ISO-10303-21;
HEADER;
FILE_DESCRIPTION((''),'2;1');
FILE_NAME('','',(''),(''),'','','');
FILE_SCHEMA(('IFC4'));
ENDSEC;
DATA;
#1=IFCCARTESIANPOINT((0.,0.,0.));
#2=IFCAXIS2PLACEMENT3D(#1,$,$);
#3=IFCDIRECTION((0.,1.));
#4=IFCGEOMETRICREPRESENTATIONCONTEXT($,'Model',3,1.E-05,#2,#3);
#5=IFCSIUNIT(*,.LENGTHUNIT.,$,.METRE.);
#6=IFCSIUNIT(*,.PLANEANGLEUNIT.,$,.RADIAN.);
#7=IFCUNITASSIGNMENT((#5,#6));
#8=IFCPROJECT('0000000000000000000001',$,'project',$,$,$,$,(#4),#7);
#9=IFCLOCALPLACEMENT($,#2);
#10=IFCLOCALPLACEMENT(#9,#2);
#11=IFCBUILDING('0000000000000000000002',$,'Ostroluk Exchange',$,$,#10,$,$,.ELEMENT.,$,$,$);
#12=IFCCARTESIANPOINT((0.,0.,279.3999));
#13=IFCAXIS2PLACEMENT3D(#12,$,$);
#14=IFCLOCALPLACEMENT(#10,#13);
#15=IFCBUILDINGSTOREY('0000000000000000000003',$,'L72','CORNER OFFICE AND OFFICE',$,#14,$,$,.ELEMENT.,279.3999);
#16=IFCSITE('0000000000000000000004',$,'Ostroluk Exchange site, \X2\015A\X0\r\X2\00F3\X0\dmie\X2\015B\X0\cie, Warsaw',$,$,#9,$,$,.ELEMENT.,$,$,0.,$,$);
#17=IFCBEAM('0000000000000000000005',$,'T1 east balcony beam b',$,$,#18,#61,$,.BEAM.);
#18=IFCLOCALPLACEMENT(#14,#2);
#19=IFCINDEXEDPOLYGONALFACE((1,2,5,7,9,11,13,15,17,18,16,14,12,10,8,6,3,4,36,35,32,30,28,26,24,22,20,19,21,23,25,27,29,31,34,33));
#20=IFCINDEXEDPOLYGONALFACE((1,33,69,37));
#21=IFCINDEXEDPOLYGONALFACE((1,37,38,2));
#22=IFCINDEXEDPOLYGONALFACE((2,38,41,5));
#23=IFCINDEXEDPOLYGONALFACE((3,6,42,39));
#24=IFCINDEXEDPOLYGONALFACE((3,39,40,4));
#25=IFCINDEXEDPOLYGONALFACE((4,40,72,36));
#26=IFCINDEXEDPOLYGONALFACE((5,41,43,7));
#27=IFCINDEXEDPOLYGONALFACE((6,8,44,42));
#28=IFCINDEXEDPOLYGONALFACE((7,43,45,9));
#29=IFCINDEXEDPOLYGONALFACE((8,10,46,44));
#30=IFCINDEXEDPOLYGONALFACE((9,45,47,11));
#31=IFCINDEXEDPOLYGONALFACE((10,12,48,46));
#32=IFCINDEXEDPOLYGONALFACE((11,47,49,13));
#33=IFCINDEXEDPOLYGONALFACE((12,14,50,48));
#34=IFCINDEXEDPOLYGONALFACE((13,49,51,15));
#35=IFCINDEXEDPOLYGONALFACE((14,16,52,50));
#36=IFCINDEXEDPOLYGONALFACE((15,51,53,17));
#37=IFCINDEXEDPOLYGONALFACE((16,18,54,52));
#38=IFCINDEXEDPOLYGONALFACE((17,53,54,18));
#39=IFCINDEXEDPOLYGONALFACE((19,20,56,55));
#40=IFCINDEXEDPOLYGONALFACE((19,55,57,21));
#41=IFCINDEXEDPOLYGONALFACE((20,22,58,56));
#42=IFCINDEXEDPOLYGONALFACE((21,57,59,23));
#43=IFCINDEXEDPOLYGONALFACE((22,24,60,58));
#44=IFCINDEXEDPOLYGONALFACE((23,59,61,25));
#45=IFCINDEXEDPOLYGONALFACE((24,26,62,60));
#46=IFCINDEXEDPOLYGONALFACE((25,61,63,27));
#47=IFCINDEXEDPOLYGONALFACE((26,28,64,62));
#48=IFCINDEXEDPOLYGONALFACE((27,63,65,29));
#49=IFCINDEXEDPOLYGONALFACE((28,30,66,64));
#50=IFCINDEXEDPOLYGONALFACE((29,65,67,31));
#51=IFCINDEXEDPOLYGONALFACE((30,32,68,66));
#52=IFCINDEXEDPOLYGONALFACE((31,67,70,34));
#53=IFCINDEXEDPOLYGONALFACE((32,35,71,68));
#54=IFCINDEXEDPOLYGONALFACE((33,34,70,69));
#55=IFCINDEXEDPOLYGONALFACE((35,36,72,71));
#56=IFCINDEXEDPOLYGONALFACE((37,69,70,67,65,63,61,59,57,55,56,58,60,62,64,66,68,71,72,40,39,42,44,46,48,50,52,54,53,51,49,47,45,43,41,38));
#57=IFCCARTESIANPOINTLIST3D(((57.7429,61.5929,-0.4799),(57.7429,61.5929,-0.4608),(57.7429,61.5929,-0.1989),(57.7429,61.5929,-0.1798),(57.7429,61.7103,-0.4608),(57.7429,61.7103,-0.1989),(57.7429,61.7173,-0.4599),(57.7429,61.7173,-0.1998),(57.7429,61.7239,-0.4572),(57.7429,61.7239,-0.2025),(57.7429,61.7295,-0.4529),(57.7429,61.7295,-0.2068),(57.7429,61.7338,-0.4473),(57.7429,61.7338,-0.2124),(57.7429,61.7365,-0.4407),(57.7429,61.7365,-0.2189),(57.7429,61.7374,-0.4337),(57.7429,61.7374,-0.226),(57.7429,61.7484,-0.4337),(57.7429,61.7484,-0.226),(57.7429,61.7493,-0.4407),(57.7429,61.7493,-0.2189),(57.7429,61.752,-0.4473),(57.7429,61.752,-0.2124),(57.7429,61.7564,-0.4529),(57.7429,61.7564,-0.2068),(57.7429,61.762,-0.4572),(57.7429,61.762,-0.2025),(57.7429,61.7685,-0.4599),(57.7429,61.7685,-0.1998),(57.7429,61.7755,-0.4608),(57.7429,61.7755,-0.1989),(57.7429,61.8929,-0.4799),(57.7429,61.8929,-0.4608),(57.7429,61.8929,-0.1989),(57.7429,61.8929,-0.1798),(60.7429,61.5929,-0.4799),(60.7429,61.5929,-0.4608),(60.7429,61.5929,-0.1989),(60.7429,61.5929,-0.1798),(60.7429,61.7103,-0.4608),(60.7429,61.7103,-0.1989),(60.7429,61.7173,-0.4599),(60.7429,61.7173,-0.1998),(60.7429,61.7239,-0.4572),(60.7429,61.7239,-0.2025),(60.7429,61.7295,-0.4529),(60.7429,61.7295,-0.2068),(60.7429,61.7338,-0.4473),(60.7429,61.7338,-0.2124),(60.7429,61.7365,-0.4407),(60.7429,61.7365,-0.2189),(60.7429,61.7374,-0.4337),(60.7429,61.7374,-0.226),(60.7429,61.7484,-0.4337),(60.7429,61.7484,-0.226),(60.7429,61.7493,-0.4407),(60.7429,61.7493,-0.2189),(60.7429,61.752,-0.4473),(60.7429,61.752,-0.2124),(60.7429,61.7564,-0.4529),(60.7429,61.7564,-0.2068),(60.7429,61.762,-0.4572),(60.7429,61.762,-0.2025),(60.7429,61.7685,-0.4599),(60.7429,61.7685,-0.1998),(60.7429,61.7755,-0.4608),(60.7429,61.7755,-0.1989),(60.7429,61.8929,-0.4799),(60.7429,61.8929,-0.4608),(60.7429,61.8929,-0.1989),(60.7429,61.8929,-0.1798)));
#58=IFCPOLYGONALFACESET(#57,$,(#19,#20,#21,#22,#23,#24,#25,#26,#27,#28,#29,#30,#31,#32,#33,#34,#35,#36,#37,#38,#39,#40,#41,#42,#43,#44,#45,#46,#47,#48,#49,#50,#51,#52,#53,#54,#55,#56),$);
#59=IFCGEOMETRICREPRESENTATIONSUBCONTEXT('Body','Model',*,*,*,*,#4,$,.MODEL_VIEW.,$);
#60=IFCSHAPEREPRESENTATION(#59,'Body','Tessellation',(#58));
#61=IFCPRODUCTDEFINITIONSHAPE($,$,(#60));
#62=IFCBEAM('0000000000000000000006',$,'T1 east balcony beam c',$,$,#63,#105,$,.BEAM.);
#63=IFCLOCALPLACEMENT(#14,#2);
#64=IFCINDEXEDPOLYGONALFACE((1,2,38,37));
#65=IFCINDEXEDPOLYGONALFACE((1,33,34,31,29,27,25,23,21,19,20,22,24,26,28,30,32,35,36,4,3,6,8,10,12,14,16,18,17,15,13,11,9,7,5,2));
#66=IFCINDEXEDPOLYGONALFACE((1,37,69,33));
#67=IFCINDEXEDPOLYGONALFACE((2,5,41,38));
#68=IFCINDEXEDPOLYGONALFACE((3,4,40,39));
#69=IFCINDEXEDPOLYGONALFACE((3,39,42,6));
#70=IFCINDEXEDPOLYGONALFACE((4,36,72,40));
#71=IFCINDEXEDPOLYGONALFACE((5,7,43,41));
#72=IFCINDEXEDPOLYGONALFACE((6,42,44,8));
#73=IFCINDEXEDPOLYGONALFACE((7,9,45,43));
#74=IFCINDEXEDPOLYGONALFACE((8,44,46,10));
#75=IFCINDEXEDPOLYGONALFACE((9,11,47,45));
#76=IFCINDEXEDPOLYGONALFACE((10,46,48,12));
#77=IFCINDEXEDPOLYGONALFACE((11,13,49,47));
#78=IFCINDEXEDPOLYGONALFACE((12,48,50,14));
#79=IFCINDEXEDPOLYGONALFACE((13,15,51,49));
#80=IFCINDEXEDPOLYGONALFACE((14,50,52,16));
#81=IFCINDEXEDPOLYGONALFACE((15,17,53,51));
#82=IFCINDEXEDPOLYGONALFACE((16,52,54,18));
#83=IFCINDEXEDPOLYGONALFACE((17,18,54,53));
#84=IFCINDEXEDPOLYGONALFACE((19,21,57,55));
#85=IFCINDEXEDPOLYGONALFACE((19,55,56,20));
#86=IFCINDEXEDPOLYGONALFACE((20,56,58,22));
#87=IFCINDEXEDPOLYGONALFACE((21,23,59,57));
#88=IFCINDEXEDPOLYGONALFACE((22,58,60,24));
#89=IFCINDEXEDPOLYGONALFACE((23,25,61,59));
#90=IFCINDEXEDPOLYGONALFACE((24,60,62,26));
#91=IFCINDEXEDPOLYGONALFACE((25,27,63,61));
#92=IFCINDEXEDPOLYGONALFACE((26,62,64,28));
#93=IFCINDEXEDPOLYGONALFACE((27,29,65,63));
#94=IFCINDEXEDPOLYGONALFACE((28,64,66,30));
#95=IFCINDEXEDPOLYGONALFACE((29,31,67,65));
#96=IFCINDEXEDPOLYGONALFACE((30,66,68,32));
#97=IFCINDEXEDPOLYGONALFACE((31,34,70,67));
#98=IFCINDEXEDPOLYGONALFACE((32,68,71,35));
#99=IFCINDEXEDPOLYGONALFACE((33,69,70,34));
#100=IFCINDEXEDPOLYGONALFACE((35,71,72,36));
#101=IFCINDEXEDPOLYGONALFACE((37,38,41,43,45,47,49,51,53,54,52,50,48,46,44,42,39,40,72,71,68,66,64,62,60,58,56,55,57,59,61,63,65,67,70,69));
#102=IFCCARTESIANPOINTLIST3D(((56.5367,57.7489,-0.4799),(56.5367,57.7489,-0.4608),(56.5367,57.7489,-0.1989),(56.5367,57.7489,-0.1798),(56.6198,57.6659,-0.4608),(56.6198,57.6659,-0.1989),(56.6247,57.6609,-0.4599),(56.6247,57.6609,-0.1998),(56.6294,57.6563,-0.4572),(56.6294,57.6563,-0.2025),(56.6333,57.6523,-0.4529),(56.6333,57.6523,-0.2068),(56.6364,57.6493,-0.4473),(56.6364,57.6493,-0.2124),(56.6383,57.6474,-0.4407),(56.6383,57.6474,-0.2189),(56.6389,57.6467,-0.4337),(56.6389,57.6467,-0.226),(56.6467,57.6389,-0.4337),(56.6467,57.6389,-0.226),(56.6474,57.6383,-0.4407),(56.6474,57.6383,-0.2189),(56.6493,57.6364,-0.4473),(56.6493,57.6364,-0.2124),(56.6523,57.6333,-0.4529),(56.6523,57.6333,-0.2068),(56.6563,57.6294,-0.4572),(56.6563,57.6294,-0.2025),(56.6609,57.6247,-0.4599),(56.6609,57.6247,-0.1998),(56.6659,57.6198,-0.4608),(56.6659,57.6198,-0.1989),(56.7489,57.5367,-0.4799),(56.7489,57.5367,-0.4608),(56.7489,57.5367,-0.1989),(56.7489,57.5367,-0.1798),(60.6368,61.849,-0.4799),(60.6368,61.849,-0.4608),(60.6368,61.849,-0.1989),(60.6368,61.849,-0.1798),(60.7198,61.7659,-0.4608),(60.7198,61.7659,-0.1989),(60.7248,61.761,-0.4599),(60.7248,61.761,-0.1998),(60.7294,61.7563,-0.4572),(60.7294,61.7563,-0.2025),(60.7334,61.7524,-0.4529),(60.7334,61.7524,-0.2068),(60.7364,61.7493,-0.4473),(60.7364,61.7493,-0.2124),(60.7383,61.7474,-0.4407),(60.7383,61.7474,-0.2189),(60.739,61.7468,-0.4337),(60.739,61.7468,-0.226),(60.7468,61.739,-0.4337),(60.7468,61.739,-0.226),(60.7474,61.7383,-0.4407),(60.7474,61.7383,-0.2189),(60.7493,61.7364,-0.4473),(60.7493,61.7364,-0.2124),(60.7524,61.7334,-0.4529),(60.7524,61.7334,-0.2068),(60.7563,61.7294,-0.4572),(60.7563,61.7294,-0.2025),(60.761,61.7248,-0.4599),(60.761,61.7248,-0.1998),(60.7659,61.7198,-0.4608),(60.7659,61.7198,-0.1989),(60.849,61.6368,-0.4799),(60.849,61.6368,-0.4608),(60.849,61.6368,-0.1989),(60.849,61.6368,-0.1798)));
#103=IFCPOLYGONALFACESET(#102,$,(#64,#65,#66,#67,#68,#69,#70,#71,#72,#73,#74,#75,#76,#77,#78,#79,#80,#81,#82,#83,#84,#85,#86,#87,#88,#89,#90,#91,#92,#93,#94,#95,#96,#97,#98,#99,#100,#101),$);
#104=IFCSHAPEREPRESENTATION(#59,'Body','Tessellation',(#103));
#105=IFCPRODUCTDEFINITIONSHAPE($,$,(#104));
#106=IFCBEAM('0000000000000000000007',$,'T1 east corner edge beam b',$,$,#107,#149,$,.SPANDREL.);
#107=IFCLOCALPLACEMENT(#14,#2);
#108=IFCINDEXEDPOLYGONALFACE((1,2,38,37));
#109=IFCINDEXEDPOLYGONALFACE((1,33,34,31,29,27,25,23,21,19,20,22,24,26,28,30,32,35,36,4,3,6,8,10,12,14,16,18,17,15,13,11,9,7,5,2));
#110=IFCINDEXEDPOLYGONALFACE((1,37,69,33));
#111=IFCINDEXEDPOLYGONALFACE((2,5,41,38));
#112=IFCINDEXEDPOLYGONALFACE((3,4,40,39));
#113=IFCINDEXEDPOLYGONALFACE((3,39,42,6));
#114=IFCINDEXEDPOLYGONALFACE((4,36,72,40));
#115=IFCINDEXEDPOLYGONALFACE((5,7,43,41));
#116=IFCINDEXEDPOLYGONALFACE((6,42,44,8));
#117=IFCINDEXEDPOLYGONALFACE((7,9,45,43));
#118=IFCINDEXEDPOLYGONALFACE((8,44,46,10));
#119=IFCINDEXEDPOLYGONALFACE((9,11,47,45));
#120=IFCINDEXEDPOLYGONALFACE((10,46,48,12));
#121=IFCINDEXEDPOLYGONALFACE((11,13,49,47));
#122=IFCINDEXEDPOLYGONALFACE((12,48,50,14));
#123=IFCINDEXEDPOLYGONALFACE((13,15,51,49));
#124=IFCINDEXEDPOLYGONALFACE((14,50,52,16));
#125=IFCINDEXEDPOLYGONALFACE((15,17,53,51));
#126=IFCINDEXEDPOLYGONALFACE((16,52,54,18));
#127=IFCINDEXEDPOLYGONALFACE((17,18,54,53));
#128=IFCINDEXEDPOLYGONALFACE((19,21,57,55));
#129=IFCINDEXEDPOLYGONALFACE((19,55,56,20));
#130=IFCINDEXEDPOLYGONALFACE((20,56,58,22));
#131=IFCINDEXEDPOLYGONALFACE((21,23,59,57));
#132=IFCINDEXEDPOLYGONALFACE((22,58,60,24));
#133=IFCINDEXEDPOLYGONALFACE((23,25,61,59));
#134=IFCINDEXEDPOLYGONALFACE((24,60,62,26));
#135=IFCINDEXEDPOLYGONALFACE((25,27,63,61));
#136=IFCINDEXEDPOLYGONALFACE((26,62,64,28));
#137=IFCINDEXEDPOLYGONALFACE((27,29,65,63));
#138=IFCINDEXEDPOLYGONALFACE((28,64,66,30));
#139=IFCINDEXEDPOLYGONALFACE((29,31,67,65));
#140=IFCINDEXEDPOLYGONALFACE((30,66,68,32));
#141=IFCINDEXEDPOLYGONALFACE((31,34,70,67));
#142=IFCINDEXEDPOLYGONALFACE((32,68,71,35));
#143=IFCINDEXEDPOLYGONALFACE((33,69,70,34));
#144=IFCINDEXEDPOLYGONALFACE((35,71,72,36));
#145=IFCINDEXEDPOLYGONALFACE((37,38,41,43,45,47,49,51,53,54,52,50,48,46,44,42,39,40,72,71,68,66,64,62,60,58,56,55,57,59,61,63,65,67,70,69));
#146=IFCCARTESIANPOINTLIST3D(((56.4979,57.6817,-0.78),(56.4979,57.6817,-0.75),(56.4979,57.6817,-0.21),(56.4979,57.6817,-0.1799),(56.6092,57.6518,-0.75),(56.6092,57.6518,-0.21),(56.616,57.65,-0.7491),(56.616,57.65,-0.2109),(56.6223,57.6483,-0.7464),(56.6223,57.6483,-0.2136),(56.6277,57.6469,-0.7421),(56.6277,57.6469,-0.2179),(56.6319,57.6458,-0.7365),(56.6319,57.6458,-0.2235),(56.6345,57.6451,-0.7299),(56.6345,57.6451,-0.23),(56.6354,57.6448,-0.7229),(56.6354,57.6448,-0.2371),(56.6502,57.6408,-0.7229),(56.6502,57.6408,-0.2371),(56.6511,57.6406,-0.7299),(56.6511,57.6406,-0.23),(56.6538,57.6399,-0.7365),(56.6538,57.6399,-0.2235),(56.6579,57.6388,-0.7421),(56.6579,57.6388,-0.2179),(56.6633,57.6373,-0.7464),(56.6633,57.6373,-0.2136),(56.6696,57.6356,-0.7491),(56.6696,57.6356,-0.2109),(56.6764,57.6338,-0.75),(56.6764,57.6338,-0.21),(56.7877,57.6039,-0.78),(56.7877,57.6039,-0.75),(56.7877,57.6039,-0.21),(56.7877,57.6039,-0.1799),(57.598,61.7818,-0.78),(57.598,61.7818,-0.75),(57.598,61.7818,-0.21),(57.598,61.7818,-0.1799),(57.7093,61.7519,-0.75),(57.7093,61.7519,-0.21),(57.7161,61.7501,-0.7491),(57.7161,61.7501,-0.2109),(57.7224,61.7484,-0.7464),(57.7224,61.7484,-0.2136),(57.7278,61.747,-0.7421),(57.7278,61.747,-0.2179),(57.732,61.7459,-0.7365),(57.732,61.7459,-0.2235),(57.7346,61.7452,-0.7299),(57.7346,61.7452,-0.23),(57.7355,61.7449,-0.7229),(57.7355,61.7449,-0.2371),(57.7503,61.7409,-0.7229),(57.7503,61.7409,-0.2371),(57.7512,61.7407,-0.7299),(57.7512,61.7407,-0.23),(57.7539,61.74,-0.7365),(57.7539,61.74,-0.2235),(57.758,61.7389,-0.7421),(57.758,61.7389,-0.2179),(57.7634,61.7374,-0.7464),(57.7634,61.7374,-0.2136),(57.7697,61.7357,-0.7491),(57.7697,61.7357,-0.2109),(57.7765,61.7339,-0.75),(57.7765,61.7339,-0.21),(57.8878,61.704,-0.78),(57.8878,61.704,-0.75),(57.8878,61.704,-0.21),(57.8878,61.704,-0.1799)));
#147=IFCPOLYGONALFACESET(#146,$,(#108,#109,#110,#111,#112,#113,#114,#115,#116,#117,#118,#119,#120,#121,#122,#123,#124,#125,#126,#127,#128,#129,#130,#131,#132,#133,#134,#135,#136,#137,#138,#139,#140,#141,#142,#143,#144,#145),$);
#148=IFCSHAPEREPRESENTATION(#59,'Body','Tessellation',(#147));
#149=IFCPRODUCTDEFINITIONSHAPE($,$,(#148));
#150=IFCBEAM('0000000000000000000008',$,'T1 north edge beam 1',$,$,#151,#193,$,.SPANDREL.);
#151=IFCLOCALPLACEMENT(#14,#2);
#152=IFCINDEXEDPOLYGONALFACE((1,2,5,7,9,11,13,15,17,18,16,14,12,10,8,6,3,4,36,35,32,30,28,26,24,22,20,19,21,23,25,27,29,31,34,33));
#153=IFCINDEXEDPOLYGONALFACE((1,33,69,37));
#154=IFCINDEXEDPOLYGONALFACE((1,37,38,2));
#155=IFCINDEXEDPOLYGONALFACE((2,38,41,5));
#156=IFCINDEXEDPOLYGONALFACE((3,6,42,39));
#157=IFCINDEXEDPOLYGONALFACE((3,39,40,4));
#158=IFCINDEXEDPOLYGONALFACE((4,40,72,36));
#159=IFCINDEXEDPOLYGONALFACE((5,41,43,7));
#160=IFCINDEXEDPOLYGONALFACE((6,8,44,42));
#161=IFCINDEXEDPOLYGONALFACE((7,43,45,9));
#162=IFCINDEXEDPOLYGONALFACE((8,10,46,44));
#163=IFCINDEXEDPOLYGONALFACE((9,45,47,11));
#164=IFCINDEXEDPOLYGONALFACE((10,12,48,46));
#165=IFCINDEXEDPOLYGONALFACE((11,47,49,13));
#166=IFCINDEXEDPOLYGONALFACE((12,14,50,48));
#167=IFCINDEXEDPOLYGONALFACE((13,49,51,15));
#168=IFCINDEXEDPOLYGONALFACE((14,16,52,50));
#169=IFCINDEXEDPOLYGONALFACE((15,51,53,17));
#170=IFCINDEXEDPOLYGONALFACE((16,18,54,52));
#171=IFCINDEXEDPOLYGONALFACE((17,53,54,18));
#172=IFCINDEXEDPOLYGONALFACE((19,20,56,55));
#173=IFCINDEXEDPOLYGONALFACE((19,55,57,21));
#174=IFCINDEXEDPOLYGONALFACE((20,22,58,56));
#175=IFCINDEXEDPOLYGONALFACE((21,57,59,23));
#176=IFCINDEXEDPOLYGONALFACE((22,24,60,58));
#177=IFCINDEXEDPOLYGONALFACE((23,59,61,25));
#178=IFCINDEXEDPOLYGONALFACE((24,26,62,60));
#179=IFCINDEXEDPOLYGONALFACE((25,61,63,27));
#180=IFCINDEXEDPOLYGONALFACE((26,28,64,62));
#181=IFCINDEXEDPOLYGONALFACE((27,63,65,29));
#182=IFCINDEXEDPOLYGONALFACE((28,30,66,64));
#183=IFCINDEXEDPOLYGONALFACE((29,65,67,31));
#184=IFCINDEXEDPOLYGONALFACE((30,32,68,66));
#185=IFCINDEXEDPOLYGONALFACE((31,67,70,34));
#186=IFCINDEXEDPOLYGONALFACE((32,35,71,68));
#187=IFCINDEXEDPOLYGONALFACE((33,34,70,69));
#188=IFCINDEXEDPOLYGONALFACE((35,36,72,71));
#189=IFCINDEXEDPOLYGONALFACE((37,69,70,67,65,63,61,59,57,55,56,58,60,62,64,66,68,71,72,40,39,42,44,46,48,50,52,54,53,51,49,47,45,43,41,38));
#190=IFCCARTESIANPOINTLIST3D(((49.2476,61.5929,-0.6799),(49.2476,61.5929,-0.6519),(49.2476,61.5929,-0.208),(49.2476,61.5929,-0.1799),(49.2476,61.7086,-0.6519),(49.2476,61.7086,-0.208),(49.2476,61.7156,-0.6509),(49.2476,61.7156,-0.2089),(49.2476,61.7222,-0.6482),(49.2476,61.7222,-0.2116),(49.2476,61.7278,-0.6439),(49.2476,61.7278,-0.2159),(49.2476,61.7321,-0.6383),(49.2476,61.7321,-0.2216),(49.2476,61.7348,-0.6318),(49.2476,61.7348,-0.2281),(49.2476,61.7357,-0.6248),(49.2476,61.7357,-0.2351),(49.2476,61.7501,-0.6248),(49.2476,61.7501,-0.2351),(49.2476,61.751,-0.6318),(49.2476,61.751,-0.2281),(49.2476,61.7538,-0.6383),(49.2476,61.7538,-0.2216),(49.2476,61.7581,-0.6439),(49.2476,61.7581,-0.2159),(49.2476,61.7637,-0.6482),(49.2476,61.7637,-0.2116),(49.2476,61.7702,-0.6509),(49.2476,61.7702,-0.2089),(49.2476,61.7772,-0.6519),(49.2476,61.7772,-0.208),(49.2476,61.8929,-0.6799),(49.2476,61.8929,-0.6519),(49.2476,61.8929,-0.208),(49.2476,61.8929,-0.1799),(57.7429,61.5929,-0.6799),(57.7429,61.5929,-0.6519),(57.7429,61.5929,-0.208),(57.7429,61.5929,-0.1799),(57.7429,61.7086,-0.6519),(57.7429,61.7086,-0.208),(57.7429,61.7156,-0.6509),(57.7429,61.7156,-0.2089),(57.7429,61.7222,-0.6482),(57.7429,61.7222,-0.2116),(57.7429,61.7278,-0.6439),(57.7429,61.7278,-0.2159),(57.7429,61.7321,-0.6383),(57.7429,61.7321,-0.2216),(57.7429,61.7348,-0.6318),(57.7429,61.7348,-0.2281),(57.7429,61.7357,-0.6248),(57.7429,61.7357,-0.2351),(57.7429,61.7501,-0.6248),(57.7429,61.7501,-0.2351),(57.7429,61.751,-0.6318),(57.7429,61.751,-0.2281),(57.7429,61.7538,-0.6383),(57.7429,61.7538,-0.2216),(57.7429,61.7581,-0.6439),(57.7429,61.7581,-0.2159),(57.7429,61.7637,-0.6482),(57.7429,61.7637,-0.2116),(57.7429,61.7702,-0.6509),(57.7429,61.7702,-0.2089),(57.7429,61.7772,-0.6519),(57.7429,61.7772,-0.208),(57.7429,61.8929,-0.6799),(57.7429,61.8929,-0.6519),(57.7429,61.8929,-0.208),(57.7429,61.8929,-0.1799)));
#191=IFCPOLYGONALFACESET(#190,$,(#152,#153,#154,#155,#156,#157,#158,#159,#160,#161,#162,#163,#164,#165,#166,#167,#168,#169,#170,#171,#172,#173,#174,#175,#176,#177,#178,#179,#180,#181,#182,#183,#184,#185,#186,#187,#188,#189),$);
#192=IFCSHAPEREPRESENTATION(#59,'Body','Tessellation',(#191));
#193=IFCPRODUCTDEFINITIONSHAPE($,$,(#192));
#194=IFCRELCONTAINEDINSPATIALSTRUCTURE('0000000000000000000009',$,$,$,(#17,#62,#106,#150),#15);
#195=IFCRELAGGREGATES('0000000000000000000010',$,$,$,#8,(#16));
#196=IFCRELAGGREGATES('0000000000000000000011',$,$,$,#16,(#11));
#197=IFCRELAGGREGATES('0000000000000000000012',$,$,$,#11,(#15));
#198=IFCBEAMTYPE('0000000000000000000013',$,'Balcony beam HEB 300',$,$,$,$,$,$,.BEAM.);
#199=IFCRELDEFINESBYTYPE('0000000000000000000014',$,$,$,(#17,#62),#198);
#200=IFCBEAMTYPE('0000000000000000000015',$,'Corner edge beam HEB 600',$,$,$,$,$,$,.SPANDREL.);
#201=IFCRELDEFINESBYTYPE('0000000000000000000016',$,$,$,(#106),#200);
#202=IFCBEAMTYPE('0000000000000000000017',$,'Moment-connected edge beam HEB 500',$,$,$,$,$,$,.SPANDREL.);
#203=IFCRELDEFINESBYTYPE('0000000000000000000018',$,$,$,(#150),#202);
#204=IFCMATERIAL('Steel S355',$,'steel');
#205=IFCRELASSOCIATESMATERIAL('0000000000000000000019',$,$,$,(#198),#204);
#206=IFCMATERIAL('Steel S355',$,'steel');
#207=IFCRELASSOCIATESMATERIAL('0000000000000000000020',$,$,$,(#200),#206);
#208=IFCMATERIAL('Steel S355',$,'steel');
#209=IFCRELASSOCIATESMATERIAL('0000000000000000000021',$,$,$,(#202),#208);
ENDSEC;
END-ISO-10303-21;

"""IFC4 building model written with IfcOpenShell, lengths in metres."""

from ifc_helpers import new_model, si_unit, direction, frame, origin, origin_2d, place, context, subcontext, project, spatial, i_section, extrude, material, material_profile, profile_set, type_object, element, save


model = new_model("IFC4")

# Units and contexts
model_context = context("Model", 3, precision=1e-05, world=origin(), true_north=direction((0.0, 1.0)))
body_context = subcontext(model_context, "Body", "Model", "MODEL_VIEW")
ifc_project = project(units=[si_unit("LENGTHUNIT", "METRE"), si_unit("PLANEANGLEUNIT", "RADIAN")], contexts=[model_context])

# Site, building, storey
site_placement = place(None, origin())
site = spatial("IfcSite", under=ifc_project, at=site_placement, Name="Ostroluk Exchange site, Śródmieście, Warsaw", CompositionType="ELEMENT", RefElevation=0.0)
building_placement = place(site_placement, origin())
building = spatial("IfcBuilding", under=site, at=building_placement, Name="Ostroluk Exchange", CompositionType="ELEMENT")
storey_placement = place(building_placement, frame((0.0, 0.0, 279.3999)))
storey = spatial("IfcBuildingStorey", under=building, at=storey_placement, Name="L72", Description="CORNER OFFICE AND OFFICE", CompositionType="ELEMENT", Elevation=279.3999)

# Beams
ifc_material_1 = material(Name="Steel S355", Category="steel")
ifc_material_profile_1 = material_profile(ifc_material_1, i_section(OverallWidth=0.3, OverallDepth=0.3, WebThickness=0.011, FlangeThickness=0.019, FilletRadius=0.0271, at=origin_2d()), Name="HEB 300")
ifc_profile_set_1 = profile_set([ifc_material_profile_1], Name="Steel S355")
beam_type_1 = type_object("IfcBeamType", Name="Balcony beam HEB 300", PredefinedType="BEAM", material=ifc_profile_set_1)
for number, where, z_axis, x_axis, name in (
    (1, (57.7429, 61.7429, -0.3298), (1.0, 0.0, 0.0), (0.0, 1.0, 0.0), "T1 east balcony beam b"),
):
    element("IfcBeam", number, at=place(storey_placement, frame(where, z_axis=z_axis, x_axis=x_axis)), inside=storey, type_object=beam_type_1, Name=name, PredefinedType="BEAM", context=body_context, shape_type="SweptSolid", body=[
        extrude(i_section(OverallWidth=0.3, OverallDepth=0.3, WebThickness=0.011, FlangeThickness=0.019, FilletRadius=0.0271, at=origin_2d()), origin(), (0.0, 0.0, 1.0), 3.0),
    ])
beam_1_placement = place(storey_placement, frame((56.6428, 57.6428, -0.3298), z_axis=(0.707107, 0.707107, 0.0), x_axis=(-0.707107, 0.707107, 0.0)))
element("IfcBeam", 2, at=beam_1_placement, inside=storey, type_object=beam_type_1, Name="T1 east balcony beam c", PredefinedType="BEAM", context=body_context, shape_type="SweptSolid", body=[
    extrude(i_section(OverallWidth=0.3, OverallDepth=0.3, WebThickness=0.011, FlangeThickness=0.019, FilletRadius=0.0271, at=origin_2d()), origin(), (0.0, 0.0, 1.0), 5.7983),
])
ifc_material_2 = material(Name="Steel S355", Category="steel")
ifc_material_profile_2 = material_profile(ifc_material_2, i_section(OverallWidth=0.3, OverallDepth=0.6001, WebThickness=0.0154, FlangeThickness=0.03, FilletRadius=0.0271, at=origin_2d()), Name="HEB 600")
ifc_profile_set_2 = profile_set([ifc_material_profile_2], Name="Steel S355")
beam_type_2 = type_object("IfcBeamType", Name="Corner edge beam HEB 600", PredefinedType="SPANDREL", material=ifc_profile_set_2)
beam_2_placement = place(storey_placement, frame((56.6428, 57.6428, -0.48), z_axis=(0.259144, 0.965839, 0.0), x_axis=(-0.965839, 0.259144, 0.0)))
element("IfcBeam", 3, at=beam_2_placement, inside=storey, type_object=beam_type_2, Name="T1 east corner edge beam b", PredefinedType="SPANDREL", context=body_context, shape_type="SweptSolid", body=[
    extrude(i_section(OverallWidth=0.3, OverallDepth=0.6001, WebThickness=0.0154, FlangeThickness=0.03, FilletRadius=0.0271, at=origin_2d()), origin(), (0.0, 0.0, 1.0), 4.2451),
])
ifc_material_3 = material(Name="Steel S355", Category="steel")
ifc_material_profile_3 = material_profile(ifc_material_3, i_section(OverallWidth=0.3, OverallDepth=0.5, WebThickness=0.0144, FlangeThickness=0.0281, FilletRadius=0.0271, at=origin_2d()), Name="HEB 500")
ifc_profile_set_3 = profile_set([ifc_material_profile_3], Name="Steel S355")
beam_type_3 = type_object("IfcBeamType", Name="Moment-connected edge beam HEB 500", PredefinedType="SPANDREL", material=ifc_profile_set_3)
beam_3_placement = place(storey_placement, frame((57.7429, 61.7429, -0.4299), z_axis=(-1.0, 0.0, 0.0), x_axis=(0.0, -1.0, 0.0)))
element("IfcBeam", 4, at=beam_3_placement, inside=storey, type_object=beam_type_3, Name="T1 north edge beam 1", PredefinedType="SPANDREL", context=body_context, shape_type="SweptSolid", body=[
    extrude(i_section(OverallWidth=0.3, OverallDepth=0.5, WebThickness=0.0144, FlangeThickness=0.0281, FilletRadius=0.0271, at=origin_2d()), origin(), (0.0, 0.0, 1.0), 8.4954),
])

save(model, "model.ifc")
